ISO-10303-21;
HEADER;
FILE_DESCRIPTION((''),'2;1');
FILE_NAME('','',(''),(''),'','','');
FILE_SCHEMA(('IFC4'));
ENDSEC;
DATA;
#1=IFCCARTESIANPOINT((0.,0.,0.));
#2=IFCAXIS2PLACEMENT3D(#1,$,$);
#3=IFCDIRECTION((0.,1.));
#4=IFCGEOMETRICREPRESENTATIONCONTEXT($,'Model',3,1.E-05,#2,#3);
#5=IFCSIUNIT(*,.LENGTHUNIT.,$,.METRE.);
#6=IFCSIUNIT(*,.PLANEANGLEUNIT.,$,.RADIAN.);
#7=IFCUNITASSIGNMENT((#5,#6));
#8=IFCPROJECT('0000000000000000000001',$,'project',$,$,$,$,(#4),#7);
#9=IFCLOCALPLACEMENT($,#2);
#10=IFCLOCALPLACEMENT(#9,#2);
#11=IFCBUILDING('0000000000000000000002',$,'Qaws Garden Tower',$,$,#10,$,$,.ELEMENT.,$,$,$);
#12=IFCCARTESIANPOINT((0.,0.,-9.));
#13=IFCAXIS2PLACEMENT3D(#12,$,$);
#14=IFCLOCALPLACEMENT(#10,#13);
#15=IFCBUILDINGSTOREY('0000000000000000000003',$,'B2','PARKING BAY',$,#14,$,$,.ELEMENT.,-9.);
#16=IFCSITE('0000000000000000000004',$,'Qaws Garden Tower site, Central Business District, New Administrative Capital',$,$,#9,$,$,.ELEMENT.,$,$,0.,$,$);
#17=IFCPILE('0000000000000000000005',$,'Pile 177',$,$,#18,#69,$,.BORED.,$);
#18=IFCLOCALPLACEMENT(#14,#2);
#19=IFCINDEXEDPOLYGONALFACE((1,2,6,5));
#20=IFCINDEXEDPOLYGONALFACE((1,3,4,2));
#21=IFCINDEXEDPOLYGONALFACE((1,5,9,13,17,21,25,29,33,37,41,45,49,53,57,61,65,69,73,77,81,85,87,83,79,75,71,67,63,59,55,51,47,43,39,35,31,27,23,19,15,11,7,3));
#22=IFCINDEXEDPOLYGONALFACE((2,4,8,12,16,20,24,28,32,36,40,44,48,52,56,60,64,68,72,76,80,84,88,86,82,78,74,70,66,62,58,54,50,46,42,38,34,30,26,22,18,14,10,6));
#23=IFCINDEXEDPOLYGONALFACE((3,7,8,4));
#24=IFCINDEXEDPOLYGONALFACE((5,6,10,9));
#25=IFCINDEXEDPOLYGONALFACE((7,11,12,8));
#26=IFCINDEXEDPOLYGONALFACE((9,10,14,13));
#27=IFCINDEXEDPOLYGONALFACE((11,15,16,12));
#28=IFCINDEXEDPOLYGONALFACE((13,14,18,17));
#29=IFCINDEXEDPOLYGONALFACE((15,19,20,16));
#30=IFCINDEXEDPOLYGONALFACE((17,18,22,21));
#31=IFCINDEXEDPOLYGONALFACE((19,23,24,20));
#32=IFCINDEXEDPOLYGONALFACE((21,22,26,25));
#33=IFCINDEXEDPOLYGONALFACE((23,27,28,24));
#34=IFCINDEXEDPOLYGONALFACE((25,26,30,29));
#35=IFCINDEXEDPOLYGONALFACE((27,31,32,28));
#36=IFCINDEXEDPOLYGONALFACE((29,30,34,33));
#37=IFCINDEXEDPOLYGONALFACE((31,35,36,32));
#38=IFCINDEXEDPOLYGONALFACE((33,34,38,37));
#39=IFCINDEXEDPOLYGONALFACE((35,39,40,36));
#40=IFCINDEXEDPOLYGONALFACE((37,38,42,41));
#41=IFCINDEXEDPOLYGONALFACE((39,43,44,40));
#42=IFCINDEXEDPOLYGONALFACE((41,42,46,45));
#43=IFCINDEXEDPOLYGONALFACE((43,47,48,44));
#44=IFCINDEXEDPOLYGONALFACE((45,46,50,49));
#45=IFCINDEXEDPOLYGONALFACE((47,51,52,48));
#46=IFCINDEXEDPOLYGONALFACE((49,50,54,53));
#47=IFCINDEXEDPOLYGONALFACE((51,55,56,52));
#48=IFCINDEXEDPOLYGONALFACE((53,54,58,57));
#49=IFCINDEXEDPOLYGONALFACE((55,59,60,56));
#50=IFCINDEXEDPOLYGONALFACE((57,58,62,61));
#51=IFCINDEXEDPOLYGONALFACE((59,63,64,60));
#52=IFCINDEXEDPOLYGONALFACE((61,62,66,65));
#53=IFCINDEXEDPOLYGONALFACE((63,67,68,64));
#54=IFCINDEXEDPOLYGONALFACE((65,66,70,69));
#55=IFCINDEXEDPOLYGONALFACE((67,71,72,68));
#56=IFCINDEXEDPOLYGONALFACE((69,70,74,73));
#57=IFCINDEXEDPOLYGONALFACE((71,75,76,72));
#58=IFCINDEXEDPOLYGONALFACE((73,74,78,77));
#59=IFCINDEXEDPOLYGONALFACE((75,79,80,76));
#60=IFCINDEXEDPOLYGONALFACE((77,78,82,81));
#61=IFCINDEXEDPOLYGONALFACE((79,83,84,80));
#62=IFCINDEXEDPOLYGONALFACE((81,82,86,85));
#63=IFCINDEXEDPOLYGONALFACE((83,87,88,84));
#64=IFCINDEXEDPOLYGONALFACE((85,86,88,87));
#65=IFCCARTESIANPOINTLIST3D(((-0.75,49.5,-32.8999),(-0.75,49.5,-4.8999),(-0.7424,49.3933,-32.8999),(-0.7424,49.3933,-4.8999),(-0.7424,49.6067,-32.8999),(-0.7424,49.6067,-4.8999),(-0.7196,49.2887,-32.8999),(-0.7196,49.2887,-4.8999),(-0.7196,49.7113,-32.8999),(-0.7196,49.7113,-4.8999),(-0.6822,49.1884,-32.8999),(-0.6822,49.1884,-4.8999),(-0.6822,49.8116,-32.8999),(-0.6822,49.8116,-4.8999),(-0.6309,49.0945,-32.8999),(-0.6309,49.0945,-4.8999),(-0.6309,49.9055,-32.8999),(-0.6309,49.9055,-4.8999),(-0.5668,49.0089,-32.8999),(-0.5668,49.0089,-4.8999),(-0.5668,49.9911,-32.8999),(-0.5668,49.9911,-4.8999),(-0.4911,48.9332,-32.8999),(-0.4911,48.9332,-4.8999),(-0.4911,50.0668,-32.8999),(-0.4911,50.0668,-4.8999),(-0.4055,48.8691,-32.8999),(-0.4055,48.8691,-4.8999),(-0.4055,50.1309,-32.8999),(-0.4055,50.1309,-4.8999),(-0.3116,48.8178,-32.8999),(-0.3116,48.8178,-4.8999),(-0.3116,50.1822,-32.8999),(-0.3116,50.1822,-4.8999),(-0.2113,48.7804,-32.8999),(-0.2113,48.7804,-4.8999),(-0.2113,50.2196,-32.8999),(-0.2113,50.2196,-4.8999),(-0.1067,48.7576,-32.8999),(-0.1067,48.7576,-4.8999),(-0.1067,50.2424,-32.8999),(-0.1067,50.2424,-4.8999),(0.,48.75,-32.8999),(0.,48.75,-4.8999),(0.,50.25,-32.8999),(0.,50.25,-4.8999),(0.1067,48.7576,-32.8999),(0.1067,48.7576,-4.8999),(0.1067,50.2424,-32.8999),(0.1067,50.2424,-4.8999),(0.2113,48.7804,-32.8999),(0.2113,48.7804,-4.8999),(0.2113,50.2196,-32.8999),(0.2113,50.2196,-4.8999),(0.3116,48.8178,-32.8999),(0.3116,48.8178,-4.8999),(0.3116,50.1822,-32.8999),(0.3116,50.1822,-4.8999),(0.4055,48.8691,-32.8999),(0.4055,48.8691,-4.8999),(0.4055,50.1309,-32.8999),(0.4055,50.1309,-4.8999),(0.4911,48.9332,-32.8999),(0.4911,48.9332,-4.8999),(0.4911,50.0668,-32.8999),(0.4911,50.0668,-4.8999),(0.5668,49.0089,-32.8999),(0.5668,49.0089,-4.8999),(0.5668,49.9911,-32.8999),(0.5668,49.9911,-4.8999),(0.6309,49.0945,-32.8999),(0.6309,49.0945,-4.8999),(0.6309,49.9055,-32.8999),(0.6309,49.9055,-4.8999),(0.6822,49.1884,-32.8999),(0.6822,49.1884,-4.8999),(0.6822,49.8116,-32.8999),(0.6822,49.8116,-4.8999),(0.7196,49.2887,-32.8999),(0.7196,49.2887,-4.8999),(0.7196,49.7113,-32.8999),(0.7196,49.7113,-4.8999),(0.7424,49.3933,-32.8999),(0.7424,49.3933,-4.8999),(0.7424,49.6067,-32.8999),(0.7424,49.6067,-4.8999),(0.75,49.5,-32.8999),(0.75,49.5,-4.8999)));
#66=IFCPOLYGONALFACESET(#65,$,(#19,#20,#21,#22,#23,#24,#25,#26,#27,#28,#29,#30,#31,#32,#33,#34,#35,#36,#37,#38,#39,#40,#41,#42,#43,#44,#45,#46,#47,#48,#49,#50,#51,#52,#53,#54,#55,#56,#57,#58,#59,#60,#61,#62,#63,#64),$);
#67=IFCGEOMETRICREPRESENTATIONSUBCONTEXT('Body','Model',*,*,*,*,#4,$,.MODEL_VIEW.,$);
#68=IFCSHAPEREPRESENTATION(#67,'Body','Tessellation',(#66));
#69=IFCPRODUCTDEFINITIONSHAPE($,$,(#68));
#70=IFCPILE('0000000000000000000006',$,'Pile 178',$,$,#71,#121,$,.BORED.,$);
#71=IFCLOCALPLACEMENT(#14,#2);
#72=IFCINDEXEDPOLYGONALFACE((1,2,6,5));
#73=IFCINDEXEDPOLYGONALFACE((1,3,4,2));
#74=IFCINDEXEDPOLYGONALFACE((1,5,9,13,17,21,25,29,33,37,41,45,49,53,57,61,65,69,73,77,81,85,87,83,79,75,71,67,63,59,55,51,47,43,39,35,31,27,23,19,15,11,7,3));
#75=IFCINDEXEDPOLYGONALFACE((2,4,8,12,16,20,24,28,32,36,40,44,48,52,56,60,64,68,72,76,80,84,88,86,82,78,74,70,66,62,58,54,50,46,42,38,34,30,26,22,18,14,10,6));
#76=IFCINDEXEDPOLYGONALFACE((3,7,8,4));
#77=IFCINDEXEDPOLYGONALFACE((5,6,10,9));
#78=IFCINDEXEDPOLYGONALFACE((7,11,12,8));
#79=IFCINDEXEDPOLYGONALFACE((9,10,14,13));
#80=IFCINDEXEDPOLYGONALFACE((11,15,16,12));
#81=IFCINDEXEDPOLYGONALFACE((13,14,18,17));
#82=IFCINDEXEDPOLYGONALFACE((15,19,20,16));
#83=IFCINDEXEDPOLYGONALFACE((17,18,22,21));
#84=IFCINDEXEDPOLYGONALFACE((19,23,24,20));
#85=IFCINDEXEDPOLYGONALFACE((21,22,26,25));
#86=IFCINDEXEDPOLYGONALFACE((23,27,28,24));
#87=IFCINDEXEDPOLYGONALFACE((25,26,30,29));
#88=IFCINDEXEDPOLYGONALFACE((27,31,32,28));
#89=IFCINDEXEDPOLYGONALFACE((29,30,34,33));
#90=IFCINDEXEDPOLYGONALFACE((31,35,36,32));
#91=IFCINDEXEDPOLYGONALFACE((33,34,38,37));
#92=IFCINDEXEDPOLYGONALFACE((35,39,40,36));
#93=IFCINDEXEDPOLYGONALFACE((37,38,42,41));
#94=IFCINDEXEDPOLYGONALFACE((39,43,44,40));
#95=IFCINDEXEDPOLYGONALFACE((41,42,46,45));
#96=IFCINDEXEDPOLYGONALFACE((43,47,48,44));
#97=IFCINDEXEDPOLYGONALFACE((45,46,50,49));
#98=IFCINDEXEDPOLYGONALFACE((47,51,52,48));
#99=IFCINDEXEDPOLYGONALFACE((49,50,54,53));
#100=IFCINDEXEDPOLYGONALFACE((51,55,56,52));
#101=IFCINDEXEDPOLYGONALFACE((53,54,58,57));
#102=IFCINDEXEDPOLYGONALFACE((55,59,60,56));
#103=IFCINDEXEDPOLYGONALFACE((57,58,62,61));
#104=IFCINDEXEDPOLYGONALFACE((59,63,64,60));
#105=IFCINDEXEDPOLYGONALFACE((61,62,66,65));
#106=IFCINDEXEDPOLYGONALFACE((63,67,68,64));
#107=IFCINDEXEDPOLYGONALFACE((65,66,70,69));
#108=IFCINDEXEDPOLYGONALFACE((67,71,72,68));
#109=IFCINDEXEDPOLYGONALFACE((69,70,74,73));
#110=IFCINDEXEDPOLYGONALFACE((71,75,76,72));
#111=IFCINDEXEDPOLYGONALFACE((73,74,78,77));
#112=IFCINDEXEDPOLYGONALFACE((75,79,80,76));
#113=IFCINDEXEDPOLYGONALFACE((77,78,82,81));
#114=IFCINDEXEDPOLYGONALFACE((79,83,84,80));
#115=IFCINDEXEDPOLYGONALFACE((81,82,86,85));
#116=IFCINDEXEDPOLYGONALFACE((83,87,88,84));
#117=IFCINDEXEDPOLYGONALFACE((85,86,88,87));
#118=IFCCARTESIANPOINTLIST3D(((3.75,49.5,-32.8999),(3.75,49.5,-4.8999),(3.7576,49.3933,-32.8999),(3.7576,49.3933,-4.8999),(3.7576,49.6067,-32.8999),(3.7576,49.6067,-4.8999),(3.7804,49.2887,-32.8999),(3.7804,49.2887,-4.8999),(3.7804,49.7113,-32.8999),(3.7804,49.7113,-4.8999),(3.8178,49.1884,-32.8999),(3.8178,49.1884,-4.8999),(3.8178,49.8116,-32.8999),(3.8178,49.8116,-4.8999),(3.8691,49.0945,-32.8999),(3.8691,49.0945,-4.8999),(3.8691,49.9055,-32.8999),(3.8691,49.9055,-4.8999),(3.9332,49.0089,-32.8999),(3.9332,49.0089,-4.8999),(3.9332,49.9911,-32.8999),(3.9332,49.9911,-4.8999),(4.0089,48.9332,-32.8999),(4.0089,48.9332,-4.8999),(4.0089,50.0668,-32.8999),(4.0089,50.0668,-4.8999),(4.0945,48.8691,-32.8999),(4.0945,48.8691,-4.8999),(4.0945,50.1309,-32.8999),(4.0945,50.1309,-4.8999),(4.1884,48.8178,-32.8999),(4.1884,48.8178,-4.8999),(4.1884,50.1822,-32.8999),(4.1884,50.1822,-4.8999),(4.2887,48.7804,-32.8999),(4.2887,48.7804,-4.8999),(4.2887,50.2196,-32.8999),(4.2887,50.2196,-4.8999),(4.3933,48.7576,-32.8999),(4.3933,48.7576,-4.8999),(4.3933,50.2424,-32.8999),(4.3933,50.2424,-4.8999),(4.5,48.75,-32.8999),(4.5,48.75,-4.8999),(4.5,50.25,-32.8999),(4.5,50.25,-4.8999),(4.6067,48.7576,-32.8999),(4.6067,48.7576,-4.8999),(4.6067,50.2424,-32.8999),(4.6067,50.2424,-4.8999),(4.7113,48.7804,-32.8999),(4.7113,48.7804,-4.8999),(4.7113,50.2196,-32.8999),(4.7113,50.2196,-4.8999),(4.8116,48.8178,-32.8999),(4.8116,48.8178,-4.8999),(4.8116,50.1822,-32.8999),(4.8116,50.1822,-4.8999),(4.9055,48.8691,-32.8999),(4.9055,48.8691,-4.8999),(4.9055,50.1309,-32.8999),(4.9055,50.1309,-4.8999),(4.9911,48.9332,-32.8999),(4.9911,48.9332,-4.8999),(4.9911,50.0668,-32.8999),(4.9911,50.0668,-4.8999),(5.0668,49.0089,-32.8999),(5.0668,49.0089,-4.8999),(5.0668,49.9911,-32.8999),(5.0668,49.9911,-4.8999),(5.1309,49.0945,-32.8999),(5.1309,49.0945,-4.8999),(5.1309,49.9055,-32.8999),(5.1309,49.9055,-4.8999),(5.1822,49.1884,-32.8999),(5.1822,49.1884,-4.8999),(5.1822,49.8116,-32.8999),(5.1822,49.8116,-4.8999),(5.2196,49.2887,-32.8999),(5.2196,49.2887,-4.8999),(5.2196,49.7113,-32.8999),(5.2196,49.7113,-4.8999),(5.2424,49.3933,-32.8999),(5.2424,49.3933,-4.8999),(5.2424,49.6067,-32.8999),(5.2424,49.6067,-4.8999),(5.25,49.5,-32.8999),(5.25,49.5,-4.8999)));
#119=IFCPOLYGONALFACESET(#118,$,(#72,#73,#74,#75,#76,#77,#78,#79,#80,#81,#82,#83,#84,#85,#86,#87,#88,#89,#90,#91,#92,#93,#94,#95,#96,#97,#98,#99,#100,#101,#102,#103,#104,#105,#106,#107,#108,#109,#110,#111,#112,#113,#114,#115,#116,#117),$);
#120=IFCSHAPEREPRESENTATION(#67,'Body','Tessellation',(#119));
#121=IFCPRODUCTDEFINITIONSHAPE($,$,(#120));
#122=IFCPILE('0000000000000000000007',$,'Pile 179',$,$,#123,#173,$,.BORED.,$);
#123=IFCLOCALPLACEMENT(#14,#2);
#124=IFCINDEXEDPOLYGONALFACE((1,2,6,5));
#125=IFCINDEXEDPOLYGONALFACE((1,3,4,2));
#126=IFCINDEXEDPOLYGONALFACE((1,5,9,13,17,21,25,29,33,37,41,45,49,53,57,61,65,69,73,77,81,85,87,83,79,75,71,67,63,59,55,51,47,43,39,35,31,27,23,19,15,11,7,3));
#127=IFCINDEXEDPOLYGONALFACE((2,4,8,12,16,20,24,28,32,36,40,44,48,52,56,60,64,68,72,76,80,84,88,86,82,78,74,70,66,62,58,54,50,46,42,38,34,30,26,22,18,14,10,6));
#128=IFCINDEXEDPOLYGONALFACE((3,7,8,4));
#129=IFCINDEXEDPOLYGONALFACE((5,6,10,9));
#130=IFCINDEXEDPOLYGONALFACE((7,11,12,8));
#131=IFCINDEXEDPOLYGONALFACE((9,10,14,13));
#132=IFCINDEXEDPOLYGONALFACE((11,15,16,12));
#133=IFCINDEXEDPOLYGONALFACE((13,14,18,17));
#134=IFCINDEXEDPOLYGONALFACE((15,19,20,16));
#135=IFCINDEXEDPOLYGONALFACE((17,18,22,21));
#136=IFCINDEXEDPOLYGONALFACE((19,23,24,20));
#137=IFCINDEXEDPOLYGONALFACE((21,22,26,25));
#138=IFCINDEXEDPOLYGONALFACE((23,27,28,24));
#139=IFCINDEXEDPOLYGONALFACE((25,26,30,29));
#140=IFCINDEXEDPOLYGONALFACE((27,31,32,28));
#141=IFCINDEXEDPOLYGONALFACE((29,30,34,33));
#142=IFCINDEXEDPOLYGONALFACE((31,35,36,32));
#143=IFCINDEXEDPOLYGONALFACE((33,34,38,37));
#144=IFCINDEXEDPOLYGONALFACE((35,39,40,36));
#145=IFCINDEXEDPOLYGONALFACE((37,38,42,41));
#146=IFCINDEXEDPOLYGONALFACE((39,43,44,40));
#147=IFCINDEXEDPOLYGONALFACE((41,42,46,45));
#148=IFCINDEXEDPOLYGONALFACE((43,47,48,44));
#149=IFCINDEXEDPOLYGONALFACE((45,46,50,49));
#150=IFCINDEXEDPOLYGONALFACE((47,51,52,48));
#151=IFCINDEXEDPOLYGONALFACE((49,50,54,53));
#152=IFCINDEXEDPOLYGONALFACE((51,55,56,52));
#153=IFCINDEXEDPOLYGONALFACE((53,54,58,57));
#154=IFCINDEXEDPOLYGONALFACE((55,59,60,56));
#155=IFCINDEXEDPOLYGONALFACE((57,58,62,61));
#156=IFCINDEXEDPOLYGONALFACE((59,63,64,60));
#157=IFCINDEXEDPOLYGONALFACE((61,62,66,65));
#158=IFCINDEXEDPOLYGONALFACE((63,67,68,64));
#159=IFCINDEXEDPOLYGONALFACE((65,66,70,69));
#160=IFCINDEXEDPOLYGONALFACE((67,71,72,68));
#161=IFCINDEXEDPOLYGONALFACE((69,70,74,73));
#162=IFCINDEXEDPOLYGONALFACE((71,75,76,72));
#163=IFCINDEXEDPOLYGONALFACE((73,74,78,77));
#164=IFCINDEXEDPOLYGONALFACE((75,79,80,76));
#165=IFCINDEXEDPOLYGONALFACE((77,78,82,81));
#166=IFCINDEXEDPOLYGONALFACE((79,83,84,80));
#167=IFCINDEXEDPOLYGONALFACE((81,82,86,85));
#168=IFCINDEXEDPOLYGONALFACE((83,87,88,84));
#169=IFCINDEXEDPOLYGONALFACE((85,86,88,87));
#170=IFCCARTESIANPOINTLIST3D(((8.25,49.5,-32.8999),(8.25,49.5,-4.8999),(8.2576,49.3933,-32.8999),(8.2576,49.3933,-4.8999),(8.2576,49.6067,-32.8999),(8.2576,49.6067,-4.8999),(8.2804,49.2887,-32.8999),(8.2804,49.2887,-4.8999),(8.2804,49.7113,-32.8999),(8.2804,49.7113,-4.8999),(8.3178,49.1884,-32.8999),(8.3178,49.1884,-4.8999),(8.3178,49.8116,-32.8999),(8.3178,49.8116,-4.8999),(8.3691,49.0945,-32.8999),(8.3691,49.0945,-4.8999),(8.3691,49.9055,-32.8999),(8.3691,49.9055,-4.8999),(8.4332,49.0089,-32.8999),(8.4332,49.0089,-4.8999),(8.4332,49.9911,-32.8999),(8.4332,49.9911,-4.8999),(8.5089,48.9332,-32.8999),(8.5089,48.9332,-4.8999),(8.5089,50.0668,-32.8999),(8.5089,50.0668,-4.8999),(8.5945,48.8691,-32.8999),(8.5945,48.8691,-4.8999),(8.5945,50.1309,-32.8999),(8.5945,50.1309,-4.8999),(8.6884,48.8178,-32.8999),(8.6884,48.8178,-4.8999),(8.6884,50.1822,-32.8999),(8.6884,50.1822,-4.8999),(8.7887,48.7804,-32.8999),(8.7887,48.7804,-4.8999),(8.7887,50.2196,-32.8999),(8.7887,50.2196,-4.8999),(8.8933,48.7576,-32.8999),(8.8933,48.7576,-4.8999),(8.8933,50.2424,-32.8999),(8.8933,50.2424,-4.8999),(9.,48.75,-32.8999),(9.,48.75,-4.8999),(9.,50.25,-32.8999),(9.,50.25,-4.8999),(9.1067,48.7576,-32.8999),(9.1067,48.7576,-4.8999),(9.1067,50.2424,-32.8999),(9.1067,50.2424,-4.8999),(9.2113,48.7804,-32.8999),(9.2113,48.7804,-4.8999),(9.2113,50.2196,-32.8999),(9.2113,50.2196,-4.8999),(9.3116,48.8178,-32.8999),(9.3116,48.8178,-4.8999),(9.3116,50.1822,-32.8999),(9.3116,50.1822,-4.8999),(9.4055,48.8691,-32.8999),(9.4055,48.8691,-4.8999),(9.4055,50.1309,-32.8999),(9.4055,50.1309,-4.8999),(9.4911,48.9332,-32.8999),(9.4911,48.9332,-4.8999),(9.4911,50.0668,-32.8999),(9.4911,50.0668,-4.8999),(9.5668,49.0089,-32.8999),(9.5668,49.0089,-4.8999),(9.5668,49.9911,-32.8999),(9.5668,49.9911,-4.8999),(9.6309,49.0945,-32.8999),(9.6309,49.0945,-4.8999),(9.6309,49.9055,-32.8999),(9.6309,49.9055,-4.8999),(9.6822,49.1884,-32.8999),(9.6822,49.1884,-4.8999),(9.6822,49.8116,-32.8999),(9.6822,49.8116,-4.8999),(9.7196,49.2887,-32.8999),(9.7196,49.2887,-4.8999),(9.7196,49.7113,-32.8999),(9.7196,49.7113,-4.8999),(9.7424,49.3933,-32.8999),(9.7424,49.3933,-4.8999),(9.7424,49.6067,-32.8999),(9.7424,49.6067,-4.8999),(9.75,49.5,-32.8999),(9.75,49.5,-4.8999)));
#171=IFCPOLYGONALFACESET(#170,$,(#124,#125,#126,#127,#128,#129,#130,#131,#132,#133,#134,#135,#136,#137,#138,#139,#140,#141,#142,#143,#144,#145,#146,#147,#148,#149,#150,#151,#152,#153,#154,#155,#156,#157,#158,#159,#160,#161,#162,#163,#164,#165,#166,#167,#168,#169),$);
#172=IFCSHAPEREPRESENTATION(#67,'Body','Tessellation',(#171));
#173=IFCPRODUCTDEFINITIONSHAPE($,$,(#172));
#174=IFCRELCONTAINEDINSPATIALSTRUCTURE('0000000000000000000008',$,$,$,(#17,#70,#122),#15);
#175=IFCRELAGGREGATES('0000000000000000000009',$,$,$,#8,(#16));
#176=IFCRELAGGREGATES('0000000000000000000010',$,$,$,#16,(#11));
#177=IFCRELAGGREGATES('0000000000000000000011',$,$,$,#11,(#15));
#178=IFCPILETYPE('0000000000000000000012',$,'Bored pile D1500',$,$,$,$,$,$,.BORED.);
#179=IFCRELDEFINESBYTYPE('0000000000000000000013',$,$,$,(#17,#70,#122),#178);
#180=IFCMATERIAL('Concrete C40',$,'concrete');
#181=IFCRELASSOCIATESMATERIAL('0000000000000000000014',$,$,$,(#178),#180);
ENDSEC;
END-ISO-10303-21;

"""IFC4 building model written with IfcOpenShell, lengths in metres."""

from ifc_helpers import new_model, si_unit, direction, frame, origin, origin_2d, place, context, subcontext, project, spatial, circle, extrude, material, material_profile, profile_set, type_object, element, save


model = new_model("IFC4")

# Units and contexts
model_context = context("Model", 3, precision=1e-05, world=origin(), true_north=direction((0.0, 1.0)))
body_context = subcontext(model_context, "Body", "Model", "MODEL_VIEW")
ifc_project = project(units=[si_unit("LENGTHUNIT", "METRE"), si_unit("PLANEANGLEUNIT", "RADIAN")], contexts=[model_context])

# Site, building, storey
site_placement = place(None, origin())
site = spatial("IfcSite", under=ifc_project, at=site_placement, Name="Qaws Garden Tower site, Central Business District, New Administrative Capital", CompositionType="ELEMENT", RefElevation=0.0)
building_placement = place(site_placement, origin())
building = spatial("IfcBuilding", under=site, at=building_placement, Name="Qaws Garden Tower", CompositionType="ELEMENT")
storey_placement = place(building_placement, frame((0.0, 0.0, -9.0)))
storey = spatial("IfcBuildingStorey", under=building, at=storey_placement, Name="B2", Description="PARKING BAY", CompositionType="ELEMENT", Elevation=-9.0)

# Piles
ifc_material_1 = material(Name="Concrete C40", Category="concrete")
ifc_material_profile_1 = material_profile(ifc_material_1, circle(Radius=0.75, at=origin_2d()), Name="Bored pile D1500")
ifc_profile_set_1 = profile_set([ifc_material_profile_1], Name="Concrete C40")
pile_type = type_object("IfcPileType", Name="Bored pile D1500", PredefinedType="BORED", material=ifc_profile_set_1)
for number, where, z_axis, x_axis, name in (
    (1, (0.0, 49.5, -4.8999), (0.0, 0.0, -1.0), (1.0, 0.0, 0.0), "Pile 177"),
    (2, (4.5, 49.5, -4.8999), (0.0, 0.0, -1.0), (1.0, 0.0, 0.0), "Pile 178"),
    (3, (9.0, 49.5, -4.8999), (0.0, 0.0, -1.0), (1.0, 0.0, 0.0), "Pile 179"),
):
    element("IfcPile", number, at=place(storey_placement, frame(where, z_axis=z_axis, x_axis=x_axis)), inside=storey, type_object=pile_type, Name=name, PredefinedType="BORED", context=body_context, shape_type="SweptSolid", body=[
        extrude(circle(Radius=0.75, at=origin_2d()), origin(), (0.0, 0.0, 1.0), 28.0),
    ])

save(model, "model.ifc")
